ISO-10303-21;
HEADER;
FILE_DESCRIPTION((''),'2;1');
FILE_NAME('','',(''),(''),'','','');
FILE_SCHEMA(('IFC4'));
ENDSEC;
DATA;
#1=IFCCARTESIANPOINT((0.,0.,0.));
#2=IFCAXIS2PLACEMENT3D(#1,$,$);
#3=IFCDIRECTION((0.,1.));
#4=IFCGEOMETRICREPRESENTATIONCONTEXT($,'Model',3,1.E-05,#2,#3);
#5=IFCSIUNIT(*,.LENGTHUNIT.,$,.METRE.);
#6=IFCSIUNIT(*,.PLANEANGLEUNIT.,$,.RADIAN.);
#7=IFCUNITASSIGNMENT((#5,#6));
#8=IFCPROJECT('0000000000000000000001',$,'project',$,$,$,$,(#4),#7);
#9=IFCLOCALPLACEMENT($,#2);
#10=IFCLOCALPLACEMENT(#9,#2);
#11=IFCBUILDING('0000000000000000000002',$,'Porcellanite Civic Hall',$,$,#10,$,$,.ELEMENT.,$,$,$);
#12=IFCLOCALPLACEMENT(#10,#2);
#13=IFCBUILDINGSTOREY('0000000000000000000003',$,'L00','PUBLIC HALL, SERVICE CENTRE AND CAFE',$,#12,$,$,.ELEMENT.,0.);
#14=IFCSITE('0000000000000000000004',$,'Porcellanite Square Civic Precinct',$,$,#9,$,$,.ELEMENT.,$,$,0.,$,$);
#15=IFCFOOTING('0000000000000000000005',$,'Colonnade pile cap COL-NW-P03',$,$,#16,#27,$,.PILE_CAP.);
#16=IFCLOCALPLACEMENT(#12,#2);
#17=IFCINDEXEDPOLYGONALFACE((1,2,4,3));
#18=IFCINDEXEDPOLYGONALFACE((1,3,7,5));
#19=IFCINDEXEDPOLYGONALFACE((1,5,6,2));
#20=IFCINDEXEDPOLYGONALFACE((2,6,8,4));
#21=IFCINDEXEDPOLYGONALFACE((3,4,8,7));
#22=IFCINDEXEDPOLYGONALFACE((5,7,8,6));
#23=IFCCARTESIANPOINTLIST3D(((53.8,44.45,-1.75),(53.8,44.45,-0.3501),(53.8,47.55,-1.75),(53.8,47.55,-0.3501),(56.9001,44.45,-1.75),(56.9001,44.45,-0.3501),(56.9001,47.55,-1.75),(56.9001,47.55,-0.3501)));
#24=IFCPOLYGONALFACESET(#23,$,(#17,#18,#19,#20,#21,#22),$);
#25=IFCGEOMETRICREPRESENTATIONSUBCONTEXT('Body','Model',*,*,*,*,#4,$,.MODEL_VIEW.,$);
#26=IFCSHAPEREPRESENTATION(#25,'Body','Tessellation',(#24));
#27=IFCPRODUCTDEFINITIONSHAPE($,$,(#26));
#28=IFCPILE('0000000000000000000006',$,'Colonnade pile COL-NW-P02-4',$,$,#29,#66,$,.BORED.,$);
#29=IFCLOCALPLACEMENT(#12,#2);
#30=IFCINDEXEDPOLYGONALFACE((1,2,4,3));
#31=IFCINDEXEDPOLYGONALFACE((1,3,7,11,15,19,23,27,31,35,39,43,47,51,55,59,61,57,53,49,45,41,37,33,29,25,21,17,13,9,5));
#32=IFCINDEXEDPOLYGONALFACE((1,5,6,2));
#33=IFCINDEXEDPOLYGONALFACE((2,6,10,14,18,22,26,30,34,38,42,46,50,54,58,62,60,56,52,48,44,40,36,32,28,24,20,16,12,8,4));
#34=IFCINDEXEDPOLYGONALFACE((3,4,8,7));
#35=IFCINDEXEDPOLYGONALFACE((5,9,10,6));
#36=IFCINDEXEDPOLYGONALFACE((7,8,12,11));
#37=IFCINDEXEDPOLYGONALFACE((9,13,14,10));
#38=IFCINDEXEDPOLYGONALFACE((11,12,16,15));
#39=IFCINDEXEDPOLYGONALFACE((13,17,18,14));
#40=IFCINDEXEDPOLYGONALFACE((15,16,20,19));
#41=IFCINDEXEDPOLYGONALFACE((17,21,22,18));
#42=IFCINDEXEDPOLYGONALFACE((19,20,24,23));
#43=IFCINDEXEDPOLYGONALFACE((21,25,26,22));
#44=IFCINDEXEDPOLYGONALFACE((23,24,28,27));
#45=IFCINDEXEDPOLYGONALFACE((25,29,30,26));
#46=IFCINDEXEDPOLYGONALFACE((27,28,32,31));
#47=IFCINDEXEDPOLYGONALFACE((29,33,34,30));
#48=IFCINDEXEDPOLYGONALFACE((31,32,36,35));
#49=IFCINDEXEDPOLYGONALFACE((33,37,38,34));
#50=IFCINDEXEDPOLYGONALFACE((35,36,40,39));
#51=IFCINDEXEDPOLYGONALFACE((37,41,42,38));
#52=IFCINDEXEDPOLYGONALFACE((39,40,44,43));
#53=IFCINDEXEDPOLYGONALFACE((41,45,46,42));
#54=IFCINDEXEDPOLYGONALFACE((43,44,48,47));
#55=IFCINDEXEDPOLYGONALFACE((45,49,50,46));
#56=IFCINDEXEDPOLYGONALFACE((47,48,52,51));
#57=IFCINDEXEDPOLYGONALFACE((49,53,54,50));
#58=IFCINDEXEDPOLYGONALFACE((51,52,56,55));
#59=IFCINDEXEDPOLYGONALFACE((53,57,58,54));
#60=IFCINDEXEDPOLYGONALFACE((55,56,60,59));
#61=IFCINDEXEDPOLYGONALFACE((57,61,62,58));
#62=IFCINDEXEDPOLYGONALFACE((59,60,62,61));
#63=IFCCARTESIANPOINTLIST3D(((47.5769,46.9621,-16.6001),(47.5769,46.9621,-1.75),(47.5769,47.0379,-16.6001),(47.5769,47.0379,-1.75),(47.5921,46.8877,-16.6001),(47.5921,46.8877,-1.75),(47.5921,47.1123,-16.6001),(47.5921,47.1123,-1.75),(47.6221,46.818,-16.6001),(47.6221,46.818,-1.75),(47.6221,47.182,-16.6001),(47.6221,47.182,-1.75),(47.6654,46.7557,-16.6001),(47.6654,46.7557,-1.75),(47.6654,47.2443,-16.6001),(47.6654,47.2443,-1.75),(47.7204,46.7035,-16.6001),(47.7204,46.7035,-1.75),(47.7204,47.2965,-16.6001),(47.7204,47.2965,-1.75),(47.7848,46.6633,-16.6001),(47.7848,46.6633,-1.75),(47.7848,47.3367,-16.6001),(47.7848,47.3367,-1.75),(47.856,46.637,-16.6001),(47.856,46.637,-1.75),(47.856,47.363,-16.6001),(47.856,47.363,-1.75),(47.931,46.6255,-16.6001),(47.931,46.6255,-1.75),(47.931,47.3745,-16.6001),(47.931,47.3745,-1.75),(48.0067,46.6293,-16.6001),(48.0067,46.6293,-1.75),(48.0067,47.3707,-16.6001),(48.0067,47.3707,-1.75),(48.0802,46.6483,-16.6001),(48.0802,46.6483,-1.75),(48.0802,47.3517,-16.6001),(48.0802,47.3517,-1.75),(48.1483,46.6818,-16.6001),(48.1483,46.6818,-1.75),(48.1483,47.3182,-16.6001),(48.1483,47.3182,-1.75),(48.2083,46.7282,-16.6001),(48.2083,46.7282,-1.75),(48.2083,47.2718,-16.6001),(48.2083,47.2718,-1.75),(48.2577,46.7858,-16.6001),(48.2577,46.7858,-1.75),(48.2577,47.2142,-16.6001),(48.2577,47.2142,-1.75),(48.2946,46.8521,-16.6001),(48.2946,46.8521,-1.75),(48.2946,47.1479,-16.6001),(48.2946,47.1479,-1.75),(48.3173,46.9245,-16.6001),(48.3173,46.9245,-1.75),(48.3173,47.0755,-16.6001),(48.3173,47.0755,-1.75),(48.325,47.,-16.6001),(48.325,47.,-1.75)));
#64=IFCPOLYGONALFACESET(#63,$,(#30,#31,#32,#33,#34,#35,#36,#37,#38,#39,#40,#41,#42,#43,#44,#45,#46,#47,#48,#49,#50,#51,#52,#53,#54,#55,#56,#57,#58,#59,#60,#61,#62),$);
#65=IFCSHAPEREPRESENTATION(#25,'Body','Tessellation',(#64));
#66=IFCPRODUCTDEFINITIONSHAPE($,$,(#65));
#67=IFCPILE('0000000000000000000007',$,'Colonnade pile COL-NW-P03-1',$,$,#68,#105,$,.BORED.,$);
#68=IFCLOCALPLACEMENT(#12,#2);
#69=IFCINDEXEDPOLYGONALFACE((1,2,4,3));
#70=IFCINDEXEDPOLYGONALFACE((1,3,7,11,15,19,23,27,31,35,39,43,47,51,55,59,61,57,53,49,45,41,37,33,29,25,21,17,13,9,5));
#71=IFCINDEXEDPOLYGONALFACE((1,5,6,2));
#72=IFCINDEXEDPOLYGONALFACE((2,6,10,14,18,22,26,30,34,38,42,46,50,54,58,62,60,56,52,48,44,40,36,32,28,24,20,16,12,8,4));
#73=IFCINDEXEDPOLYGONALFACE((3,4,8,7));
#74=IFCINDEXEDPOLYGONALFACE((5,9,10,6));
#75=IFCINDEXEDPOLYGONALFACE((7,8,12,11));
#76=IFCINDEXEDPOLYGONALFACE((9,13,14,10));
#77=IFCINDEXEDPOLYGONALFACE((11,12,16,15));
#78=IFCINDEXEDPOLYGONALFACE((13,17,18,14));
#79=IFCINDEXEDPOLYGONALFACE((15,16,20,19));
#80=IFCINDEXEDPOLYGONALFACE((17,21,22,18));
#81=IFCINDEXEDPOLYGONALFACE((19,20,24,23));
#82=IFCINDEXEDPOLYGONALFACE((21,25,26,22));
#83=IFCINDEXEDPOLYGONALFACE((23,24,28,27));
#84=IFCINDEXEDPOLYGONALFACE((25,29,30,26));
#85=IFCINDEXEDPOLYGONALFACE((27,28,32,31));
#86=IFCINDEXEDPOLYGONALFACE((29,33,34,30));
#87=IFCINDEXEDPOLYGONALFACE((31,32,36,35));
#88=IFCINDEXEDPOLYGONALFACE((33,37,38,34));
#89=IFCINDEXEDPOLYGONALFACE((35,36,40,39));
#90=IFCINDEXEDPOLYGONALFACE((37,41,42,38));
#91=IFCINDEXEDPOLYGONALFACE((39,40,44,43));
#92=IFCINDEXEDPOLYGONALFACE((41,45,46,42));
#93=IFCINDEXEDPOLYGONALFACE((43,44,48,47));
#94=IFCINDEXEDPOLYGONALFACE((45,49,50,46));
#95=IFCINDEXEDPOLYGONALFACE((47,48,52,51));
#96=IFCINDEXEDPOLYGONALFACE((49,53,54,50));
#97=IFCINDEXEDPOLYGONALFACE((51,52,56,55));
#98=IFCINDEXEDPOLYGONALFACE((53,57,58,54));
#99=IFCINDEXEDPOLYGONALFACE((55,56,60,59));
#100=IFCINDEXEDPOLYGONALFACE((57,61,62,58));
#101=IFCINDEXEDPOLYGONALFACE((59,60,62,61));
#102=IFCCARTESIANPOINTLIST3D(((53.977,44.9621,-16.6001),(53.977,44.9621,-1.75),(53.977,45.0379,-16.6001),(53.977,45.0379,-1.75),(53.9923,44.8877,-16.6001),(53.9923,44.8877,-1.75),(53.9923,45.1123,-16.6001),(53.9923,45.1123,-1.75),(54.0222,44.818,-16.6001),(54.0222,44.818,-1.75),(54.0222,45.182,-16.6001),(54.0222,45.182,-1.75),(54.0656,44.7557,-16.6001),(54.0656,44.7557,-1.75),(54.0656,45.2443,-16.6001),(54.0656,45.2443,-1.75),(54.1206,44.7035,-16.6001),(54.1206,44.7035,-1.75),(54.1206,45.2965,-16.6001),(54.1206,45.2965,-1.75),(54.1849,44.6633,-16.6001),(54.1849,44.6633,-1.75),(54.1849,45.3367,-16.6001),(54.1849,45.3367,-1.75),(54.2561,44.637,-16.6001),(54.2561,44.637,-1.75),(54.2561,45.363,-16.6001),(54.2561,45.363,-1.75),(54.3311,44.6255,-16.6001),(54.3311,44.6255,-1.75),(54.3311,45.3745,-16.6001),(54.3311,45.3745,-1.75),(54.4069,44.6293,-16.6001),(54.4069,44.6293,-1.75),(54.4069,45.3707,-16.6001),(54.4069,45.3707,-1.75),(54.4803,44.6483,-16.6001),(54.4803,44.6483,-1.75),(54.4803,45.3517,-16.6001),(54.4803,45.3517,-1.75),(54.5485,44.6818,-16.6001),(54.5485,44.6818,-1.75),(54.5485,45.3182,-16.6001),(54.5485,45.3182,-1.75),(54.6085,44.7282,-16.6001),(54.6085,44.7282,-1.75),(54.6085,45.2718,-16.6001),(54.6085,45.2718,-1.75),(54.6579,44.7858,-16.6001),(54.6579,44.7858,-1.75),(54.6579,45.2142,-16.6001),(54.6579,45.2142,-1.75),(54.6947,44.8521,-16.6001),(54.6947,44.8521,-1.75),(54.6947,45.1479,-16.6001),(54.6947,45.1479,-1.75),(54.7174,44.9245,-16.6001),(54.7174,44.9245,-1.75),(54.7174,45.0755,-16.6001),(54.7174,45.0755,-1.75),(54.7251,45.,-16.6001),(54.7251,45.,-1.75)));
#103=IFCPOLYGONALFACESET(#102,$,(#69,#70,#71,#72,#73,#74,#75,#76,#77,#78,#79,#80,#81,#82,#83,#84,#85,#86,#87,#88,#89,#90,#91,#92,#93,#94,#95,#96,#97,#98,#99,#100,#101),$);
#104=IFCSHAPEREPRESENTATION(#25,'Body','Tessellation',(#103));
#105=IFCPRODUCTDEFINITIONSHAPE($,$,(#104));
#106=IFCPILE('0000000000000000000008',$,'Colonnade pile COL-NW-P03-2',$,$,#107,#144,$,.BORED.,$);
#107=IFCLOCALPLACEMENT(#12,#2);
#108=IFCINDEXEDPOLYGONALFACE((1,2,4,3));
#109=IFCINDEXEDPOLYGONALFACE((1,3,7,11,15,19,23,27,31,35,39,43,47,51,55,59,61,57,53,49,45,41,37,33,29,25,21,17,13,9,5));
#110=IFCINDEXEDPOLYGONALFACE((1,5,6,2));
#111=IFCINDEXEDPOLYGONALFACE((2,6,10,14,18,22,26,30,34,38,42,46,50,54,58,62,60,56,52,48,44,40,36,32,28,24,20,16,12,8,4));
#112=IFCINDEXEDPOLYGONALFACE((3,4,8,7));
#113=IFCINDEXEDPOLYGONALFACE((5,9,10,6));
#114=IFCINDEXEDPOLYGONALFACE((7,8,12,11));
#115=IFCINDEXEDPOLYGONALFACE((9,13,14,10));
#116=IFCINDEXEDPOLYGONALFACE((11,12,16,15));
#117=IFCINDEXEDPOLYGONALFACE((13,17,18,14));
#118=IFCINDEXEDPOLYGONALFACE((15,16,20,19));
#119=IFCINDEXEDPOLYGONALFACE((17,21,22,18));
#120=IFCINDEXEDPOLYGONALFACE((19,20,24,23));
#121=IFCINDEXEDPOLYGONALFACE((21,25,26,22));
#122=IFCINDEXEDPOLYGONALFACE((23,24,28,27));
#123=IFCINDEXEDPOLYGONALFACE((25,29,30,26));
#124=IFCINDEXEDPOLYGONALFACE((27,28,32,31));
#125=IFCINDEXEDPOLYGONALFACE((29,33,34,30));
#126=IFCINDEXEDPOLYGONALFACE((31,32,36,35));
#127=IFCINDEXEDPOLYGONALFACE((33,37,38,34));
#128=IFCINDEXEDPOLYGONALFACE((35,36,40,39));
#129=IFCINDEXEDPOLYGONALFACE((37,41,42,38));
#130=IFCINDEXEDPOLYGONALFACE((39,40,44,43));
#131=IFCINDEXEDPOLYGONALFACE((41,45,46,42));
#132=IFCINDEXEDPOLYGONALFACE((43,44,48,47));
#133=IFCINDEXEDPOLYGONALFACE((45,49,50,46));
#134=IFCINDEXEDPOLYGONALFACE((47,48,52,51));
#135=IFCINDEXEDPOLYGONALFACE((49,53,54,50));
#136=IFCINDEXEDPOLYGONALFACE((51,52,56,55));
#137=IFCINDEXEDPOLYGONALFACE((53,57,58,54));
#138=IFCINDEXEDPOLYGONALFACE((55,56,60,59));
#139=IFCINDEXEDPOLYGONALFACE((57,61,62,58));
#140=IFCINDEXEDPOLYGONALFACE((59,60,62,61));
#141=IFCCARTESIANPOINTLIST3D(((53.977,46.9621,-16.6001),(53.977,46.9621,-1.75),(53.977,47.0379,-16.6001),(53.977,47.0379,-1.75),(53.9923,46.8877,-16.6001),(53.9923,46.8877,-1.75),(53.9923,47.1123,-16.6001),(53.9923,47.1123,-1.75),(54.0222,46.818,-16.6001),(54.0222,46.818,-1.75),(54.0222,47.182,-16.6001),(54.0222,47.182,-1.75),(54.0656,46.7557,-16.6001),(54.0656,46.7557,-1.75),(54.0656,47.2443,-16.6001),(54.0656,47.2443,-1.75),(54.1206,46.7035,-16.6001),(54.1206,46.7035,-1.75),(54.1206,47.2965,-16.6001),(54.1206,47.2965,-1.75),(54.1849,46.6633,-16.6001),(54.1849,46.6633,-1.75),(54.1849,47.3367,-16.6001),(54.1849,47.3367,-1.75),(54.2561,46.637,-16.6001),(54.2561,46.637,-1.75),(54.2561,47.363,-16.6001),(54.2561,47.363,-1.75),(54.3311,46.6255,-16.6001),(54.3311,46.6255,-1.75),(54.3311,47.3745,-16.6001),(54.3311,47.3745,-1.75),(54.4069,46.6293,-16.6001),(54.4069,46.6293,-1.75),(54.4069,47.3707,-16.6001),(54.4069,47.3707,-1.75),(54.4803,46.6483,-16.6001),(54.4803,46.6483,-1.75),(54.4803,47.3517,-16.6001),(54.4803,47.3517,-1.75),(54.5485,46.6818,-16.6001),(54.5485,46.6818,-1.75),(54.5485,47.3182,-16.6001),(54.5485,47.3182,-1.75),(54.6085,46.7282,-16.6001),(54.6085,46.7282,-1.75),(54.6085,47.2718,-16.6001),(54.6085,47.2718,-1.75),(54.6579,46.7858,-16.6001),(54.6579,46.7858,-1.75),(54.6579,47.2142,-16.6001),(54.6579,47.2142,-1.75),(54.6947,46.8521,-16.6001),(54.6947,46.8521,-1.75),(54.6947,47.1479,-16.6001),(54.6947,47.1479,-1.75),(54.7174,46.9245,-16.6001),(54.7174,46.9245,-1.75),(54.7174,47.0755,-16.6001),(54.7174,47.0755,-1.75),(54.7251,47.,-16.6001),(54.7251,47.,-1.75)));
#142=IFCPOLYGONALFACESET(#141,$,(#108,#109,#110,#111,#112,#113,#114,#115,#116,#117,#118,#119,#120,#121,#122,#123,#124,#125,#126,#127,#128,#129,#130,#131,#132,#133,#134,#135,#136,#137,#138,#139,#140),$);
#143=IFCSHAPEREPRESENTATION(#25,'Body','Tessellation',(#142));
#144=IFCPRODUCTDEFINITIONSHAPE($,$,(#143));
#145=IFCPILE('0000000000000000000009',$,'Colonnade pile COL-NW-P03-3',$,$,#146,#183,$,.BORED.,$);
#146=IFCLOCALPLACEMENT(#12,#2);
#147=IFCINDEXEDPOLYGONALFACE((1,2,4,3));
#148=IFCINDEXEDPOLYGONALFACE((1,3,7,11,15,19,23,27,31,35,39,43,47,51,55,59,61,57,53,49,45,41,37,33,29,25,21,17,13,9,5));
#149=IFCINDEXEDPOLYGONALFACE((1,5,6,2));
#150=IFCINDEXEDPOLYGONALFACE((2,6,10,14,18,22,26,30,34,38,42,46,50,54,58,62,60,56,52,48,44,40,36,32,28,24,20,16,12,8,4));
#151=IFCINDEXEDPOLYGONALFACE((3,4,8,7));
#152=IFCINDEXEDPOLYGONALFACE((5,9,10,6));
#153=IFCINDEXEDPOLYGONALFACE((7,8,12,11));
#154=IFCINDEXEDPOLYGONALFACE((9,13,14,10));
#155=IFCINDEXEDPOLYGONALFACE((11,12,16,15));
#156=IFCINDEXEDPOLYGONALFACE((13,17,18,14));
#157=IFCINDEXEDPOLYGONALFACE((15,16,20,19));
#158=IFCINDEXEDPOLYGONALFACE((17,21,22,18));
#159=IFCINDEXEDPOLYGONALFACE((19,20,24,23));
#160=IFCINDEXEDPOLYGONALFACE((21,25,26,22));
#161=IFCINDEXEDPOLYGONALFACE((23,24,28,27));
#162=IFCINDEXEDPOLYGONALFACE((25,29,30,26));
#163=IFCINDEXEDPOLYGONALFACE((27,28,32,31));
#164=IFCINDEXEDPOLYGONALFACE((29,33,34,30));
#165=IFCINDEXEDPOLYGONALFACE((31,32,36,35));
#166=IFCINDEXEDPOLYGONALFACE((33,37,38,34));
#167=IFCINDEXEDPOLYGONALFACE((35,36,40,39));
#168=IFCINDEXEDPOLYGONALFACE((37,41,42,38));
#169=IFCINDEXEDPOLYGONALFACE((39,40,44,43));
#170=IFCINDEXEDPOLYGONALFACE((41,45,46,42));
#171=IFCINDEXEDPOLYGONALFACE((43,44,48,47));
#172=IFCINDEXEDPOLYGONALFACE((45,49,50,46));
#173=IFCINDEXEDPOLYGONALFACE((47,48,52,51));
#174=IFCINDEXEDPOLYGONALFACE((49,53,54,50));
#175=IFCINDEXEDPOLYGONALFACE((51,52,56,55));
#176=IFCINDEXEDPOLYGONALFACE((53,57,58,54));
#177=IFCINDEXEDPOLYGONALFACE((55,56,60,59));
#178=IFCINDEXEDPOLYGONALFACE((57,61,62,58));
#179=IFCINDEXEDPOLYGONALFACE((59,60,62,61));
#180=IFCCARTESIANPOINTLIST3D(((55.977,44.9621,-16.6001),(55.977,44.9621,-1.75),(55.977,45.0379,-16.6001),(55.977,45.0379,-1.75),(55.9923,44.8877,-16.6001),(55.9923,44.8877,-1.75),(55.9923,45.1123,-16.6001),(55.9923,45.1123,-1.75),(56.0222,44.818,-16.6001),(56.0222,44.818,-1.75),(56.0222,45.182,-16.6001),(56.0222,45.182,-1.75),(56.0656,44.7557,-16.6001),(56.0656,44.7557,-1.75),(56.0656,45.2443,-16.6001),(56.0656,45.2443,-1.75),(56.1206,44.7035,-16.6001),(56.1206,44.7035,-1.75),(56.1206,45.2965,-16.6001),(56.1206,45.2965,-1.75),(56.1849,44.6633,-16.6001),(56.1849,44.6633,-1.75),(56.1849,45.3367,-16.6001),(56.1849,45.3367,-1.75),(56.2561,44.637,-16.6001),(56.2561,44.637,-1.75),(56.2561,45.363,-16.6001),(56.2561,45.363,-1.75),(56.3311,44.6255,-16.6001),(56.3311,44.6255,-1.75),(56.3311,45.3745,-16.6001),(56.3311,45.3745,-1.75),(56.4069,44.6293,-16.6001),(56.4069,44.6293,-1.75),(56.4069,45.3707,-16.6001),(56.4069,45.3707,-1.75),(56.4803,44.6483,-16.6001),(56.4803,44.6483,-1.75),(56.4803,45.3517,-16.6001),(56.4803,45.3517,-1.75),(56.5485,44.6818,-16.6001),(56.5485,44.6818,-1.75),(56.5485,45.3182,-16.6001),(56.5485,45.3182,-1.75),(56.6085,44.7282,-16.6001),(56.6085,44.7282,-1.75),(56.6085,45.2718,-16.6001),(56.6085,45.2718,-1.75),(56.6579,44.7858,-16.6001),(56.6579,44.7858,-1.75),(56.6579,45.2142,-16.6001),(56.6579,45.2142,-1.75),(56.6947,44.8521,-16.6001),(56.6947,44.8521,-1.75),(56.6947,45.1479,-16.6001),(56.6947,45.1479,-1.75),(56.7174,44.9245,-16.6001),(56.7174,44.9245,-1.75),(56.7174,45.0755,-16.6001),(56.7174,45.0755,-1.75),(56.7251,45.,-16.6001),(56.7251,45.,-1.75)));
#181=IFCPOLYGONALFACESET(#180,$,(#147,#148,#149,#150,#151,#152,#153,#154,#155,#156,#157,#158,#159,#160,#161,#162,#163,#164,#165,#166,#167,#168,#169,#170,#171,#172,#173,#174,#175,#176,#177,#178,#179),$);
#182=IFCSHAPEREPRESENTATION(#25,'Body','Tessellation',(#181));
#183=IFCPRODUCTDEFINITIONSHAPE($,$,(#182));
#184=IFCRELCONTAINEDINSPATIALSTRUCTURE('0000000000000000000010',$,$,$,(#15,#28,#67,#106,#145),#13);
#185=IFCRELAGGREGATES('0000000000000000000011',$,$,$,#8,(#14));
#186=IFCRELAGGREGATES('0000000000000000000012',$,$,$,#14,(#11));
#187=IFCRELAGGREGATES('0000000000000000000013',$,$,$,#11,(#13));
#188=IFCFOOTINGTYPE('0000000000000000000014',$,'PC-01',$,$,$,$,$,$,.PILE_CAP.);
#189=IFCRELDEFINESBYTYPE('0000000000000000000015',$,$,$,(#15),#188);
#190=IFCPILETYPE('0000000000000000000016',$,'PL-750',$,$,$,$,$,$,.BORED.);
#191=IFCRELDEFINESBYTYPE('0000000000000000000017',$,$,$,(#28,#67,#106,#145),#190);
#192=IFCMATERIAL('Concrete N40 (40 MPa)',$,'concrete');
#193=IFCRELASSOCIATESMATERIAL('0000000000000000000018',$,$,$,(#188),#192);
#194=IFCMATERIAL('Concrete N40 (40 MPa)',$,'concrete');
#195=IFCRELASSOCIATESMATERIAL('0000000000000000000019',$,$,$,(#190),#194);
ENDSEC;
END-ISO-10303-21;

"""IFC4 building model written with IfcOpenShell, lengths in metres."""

from ifc_helpers import new_model, si_unit, direction, frame, origin, origin_2d, place, context, subcontext, project, spatial, rectangle, circle, extrude, material, material_profile, profile_set, type_object, element, save


model = new_model("IFC4")

# Units and contexts
model_context = context("Model", 3, precision=1e-05, world=origin(), true_north=direction((0.0, 1.0)))
body_context = subcontext(model_context, "Body", "Model", "MODEL_VIEW")
ifc_project = project(units=[si_unit("LENGTHUNIT", "METRE"), si_unit("PLANEANGLEUNIT", "RADIAN")], contexts=[model_context])

# Site, building, storey
site_placement = place(None, origin())
site = spatial("IfcSite", under=ifc_project, at=site_placement, Name="Porcellanite Square Civic Precinct", CompositionType="ELEMENT", RefElevation=0.0)
building_placement = place(site_placement, origin())
building = spatial("IfcBuilding", under=site, at=building_placement, Name="Porcellanite Civic Hall", CompositionType="ELEMENT")
storey_placement = place(building_placement, origin())
storey = spatial("IfcBuildingStorey", under=building, at=storey_placement, Name="L00", Description="PUBLIC HALL, SERVICE CENTRE AND CAFE", CompositionType="ELEMENT", Elevation=0.0)

# Footing
ifc_material_1 = material(Name="Concrete N40 (40 MPa)", Category="concrete")
footing_type = type_object("IfcFootingType", Name="PC-01", PredefinedType="PILE_CAP", material=ifc_material_1)
footing_placement = place(storey_placement, frame((55.3501, 46.0, -1.75), z_axis=(0.0, 0.0, 1.0), x_axis=(1.0, 0.0, 0.0)))
element("IfcFooting", 1, at=footing_placement, inside=storey, type_object=footing_type, Name="Colonnade pile cap COL-NW-P03", PredefinedType="PILE_CAP", context=body_context, shape_type="SweptSolid", body=[
    extrude(rectangle(XDim=3.1001, YDim=3.1001, at=origin_2d()), origin(), (0.0, 0.0, 1.0), 1.3999),
])

# Piles
ifc_material_2 = material(Name="Concrete N40 (40 MPa)", Category="concrete")
ifc_material_profile_1 = material_profile(ifc_material_2, circle(Radius=0.375, at=origin_2d()), Name="PILE-D750")
ifc_profile_set_1 = profile_set([ifc_material_profile_1], Name="Concrete N40 (40 MPa)")
pile_type = type_object("IfcPileType", Name="PL-750", PredefinedType="BORED", material=ifc_profile_set_1)
for number, where, z_axis, x_axis, name in (
    (2, (47.95, 47.0, -1.75), (0.0, 0.0, -1.0), (1.0, 0.0, 0.0), "Colonnade pile COL-NW-P02-4"),
    (3, (54.3501, 45.0, -1.75), (0.0, 0.0, -1.0), (1.0, 0.0, 0.0), "Colonnade pile COL-NW-P03-1"),
    (4, (54.3501, 47.0, -1.75), (0.0, 0.0, -1.0), (1.0, 0.0, 0.0), "Colonnade pile COL-NW-P03-2"),
    (5, (56.3501, 45.0, -1.75), (0.0, 0.0, -1.0), (1.0, 0.0, 0.0), "Colonnade pile COL-NW-P03-3"),
):
    element("IfcPile", number, at=place(storey_placement, frame(where, z_axis=z_axis, x_axis=x_axis)), inside=storey, type_object=pile_type, Name=name, PredefinedType="BORED", context=body_context, shape_type="SweptSolid", body=[
        extrude(circle(Radius=0.375, at=origin_2d()), origin(), (0.0, 0.0, 1.0), 14.8501),
    ])

save(model, "model.ifc")
